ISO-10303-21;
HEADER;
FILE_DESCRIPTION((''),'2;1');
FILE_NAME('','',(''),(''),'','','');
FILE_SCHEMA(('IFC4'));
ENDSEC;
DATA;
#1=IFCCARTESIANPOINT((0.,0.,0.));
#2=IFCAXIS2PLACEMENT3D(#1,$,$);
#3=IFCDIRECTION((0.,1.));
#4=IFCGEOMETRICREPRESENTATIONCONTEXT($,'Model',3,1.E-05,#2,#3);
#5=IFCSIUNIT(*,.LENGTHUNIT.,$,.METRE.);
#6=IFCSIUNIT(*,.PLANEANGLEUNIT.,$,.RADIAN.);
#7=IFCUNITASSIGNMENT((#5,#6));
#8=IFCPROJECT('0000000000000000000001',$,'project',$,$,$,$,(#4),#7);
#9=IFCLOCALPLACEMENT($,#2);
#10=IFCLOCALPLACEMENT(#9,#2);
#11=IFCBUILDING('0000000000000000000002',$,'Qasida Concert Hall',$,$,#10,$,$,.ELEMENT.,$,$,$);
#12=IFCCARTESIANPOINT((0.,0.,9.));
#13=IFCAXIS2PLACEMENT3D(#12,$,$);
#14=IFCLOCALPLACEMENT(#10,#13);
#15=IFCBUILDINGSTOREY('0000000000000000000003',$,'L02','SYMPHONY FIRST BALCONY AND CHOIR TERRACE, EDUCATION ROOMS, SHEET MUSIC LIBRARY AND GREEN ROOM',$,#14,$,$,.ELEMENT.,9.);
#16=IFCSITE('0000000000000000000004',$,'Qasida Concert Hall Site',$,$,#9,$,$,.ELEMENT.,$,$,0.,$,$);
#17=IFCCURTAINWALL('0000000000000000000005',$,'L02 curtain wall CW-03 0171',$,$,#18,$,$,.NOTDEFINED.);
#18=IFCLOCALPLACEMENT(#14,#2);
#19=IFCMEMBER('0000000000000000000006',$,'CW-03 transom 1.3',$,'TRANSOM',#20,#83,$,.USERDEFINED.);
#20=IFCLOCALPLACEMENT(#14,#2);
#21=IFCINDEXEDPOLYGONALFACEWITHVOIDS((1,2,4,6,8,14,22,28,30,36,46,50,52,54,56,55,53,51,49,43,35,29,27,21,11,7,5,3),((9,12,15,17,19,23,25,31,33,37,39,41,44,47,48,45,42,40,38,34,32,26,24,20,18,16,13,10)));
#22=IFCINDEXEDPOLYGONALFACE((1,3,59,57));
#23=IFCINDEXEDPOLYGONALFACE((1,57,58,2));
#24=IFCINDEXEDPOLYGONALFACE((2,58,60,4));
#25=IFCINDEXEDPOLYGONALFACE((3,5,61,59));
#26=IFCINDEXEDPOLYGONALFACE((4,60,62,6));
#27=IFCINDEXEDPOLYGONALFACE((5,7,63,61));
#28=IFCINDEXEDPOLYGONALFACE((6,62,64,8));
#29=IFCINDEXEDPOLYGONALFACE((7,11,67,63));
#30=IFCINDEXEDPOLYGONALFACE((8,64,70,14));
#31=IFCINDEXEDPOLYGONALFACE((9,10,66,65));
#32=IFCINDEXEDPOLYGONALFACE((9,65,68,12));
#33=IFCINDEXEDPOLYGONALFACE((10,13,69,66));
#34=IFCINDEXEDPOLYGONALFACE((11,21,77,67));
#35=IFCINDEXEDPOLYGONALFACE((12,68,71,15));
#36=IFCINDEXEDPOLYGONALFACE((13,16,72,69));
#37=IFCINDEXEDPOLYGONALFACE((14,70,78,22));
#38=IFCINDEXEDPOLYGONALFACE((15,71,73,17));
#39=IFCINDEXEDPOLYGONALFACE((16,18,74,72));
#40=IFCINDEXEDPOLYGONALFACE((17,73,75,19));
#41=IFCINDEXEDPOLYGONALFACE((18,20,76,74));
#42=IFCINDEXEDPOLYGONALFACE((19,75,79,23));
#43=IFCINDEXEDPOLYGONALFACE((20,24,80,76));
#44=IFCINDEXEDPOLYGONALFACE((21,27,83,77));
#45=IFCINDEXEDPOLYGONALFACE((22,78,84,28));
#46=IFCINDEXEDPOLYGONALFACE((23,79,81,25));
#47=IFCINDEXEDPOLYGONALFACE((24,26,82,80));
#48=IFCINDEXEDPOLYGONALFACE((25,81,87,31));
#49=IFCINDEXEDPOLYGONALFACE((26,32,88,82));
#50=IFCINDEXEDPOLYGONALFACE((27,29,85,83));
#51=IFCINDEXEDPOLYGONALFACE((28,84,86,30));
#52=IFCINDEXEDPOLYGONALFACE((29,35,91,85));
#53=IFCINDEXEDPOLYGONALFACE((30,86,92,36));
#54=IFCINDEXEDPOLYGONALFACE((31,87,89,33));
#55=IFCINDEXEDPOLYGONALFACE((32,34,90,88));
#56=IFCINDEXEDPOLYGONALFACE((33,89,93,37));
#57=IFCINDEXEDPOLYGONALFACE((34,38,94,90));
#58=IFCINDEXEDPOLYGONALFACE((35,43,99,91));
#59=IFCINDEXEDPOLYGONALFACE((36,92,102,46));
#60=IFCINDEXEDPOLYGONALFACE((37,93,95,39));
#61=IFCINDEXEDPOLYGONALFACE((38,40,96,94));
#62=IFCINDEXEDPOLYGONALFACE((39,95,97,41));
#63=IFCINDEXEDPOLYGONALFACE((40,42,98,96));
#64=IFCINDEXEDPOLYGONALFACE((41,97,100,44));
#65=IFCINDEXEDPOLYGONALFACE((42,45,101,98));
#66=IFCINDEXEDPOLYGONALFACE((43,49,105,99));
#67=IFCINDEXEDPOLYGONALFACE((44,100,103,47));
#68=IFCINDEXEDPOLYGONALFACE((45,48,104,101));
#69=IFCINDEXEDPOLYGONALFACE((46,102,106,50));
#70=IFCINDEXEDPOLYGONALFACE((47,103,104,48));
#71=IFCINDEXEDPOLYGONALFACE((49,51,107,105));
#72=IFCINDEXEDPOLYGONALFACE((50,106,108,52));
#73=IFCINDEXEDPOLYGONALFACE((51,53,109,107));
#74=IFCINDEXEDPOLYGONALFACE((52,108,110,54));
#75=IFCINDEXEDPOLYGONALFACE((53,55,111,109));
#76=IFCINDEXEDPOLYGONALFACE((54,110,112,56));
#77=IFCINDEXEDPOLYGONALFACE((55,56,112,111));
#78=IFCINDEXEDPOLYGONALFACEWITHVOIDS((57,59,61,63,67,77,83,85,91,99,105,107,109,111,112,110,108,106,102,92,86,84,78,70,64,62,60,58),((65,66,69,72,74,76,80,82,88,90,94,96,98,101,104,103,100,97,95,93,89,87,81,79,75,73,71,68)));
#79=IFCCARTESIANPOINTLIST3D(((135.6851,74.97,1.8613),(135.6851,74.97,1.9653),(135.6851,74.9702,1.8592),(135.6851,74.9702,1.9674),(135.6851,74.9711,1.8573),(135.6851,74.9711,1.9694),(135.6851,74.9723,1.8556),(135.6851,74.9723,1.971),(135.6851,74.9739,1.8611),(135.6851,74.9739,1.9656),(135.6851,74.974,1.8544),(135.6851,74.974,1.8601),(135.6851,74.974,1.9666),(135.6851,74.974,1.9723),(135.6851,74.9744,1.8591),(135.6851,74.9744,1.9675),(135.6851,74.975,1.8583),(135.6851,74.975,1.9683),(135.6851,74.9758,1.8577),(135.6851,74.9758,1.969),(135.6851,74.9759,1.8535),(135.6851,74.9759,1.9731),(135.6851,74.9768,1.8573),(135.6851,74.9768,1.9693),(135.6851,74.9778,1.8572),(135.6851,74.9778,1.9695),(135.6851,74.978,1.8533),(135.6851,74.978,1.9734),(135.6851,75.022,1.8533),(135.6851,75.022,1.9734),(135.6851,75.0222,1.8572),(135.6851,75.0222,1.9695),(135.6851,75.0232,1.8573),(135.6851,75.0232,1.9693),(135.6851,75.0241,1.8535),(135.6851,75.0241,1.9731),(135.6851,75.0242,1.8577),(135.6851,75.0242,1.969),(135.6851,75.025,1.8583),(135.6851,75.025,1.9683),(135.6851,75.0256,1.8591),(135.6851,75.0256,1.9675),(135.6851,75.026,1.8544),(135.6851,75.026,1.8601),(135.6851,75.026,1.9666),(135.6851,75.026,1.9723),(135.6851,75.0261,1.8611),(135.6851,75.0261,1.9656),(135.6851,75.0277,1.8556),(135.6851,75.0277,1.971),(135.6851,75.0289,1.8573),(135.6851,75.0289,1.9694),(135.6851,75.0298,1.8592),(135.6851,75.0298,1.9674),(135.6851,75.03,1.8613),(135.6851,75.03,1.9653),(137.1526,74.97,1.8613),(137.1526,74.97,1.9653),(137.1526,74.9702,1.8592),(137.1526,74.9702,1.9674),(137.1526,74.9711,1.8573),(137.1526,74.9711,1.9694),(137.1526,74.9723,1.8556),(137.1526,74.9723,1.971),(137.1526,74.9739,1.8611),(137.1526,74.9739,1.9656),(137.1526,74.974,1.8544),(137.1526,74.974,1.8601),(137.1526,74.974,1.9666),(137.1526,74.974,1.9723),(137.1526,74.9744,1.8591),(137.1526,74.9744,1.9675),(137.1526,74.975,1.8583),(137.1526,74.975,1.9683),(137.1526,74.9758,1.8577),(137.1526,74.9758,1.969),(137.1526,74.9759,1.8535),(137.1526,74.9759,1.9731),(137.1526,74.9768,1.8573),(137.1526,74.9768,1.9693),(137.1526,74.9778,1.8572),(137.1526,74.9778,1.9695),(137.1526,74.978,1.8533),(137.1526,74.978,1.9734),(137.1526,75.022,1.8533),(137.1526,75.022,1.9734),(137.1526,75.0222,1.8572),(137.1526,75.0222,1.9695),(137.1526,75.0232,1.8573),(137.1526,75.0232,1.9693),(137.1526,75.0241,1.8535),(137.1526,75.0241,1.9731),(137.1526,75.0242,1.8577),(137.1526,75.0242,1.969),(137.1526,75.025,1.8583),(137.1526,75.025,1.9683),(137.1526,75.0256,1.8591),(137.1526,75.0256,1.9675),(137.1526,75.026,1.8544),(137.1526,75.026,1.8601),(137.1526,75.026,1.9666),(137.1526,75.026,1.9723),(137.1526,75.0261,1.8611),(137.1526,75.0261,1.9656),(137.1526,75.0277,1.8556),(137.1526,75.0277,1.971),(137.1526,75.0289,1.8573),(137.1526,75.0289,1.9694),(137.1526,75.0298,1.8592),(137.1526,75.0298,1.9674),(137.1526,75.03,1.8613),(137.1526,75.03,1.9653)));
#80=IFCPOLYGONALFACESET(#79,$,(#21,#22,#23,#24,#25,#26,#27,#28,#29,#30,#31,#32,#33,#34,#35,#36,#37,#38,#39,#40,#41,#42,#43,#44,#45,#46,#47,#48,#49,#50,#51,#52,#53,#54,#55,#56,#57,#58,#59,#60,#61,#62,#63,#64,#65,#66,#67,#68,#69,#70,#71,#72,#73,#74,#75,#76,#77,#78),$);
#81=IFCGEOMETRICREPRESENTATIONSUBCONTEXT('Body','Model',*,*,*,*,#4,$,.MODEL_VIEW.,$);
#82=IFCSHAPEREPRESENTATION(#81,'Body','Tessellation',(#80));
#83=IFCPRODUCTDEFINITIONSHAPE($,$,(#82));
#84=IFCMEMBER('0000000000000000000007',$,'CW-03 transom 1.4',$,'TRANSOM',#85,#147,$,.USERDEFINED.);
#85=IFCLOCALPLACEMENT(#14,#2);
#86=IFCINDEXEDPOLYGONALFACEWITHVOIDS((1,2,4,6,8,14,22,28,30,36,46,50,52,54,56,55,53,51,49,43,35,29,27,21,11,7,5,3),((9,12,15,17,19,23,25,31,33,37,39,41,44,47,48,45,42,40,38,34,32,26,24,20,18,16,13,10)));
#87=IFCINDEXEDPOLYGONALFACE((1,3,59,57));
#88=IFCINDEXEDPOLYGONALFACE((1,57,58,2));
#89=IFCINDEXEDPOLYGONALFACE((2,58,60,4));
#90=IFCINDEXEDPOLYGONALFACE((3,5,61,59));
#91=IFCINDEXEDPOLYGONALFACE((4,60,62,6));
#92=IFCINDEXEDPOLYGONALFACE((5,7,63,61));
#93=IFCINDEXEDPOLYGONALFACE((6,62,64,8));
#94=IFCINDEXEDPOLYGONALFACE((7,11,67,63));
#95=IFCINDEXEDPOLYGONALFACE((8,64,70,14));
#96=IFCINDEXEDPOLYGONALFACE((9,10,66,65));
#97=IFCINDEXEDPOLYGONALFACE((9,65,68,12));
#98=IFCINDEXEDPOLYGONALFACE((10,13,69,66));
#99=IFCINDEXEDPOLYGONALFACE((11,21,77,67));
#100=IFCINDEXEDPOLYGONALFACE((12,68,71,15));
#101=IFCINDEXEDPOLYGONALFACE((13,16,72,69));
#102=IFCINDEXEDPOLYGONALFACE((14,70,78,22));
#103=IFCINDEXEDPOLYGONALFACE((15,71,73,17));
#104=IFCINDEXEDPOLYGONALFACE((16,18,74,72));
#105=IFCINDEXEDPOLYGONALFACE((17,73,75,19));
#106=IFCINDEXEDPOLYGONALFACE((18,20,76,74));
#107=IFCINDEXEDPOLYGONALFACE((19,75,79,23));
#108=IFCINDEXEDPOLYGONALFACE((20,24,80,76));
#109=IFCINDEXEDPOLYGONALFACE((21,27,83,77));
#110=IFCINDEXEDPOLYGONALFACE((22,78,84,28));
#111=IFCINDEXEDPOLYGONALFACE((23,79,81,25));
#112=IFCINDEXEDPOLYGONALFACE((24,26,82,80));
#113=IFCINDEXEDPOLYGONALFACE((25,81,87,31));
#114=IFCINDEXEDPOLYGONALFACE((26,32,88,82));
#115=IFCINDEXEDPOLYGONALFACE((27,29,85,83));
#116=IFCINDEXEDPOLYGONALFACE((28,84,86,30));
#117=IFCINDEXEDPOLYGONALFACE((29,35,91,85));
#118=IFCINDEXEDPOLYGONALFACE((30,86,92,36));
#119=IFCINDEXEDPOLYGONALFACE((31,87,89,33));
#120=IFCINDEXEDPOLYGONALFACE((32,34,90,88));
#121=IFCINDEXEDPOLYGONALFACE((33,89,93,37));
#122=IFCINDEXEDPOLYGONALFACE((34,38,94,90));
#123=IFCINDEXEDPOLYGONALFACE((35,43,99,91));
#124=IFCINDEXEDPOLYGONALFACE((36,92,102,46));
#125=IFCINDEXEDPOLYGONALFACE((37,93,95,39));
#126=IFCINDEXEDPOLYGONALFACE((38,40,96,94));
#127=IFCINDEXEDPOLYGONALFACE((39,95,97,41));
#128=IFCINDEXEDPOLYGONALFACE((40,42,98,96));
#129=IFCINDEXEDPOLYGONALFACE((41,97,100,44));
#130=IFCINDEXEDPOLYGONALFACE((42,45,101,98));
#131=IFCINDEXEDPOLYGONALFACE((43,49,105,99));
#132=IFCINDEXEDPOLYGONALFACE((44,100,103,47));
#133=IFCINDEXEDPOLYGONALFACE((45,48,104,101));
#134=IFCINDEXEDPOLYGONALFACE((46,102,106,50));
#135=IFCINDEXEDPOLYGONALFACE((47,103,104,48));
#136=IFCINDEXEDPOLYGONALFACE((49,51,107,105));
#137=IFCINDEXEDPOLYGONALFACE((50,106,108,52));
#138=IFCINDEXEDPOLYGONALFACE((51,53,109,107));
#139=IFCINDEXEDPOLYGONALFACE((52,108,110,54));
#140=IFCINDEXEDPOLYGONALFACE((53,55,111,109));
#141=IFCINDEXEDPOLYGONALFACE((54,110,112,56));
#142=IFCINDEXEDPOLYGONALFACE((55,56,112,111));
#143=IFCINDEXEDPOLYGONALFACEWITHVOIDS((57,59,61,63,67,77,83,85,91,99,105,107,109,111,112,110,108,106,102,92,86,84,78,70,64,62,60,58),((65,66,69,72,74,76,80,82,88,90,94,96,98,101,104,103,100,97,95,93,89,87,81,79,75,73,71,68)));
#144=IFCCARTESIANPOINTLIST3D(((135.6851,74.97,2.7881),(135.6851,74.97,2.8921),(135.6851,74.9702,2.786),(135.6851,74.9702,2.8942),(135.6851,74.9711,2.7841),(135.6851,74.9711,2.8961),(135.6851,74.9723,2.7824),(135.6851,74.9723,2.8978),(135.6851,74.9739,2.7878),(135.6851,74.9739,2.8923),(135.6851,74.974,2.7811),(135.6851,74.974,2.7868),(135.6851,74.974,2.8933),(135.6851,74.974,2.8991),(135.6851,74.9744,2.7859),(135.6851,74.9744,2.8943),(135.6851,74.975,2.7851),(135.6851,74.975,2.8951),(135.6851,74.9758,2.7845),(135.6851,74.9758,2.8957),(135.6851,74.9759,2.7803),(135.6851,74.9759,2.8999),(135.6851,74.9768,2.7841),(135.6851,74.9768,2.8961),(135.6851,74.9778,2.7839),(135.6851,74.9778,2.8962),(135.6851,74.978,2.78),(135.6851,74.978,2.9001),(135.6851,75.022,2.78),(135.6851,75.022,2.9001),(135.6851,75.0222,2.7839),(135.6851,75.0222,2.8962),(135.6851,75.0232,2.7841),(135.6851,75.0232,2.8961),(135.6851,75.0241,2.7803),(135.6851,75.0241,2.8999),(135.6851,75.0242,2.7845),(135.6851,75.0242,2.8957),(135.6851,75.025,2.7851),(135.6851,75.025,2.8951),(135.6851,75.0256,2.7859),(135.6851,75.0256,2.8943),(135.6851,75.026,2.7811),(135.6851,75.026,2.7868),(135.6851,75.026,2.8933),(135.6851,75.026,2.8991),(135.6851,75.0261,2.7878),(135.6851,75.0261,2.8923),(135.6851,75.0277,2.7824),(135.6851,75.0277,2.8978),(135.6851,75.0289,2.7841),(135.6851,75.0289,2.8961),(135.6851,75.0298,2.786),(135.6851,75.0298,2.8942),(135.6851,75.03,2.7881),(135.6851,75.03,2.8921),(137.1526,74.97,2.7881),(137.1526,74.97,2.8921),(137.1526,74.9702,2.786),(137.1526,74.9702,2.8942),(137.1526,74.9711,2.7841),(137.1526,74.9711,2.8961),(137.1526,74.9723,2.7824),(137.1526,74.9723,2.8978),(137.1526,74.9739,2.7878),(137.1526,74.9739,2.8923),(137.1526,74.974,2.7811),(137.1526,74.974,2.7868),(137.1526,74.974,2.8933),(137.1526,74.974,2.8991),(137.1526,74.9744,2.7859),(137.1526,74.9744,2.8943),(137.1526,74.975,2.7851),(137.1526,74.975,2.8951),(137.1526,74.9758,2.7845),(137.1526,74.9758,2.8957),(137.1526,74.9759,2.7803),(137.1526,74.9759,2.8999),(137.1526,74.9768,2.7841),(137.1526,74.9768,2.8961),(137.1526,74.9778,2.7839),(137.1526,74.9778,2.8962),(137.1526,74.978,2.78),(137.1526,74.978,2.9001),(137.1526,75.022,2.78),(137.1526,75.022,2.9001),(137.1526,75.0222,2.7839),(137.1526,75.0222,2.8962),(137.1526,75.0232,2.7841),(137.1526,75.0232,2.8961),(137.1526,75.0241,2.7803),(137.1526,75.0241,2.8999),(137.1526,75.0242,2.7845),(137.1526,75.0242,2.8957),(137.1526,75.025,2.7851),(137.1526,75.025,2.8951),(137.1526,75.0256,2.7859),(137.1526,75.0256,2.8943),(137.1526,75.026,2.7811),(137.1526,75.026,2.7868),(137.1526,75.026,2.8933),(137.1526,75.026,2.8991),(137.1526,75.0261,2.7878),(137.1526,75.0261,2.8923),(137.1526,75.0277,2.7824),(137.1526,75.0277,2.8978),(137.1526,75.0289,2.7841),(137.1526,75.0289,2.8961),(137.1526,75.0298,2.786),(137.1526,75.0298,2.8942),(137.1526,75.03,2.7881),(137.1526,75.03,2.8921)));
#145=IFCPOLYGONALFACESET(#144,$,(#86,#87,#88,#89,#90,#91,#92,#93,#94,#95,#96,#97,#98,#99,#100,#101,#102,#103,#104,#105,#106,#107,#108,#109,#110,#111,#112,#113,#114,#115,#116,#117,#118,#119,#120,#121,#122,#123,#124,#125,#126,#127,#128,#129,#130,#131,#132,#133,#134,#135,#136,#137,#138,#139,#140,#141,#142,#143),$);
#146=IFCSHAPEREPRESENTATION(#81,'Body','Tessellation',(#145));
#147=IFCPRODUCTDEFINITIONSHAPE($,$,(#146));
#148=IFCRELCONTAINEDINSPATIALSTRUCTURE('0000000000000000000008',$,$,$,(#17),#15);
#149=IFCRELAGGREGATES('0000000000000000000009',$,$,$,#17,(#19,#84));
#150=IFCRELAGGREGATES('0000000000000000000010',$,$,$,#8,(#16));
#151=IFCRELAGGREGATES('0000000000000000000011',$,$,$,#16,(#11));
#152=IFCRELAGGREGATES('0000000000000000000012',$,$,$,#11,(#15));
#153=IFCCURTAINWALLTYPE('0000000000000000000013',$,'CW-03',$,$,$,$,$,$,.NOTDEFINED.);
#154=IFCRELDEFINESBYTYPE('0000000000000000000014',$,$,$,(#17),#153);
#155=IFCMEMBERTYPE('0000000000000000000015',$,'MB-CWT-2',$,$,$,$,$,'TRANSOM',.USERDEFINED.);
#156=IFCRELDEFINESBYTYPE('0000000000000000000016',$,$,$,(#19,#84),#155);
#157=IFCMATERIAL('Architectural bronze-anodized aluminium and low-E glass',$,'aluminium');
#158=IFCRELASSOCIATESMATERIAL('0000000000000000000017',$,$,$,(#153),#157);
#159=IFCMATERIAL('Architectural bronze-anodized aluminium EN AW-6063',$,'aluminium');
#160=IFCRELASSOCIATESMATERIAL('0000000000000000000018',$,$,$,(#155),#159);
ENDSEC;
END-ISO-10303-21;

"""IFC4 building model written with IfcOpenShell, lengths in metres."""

from ifc_helpers import new_model, si_unit, direction, frame, origin, origin_2d, place, context, subcontext, project, spatial, hollow_rectangle, extrude, material, material_profile, profile_set, type_object, element, aggregate, save


model = new_model("IFC4")

# Units and contexts
model_context = context("Model", 3, precision=1e-05, world=origin(), true_north=direction((0.0, 1.0)))
body_context = subcontext(model_context, "Body", "Model", "MODEL_VIEW")
ifc_project = project(units=[si_unit("LENGTHUNIT", "METRE"), si_unit("PLANEANGLEUNIT", "RADIAN")], contexts=[model_context])

# Site, building, storey
site_placement = place(None, origin())
site = spatial("IfcSite", under=ifc_project, at=site_placement, Name="Qasida Concert Hall Site", CompositionType="ELEMENT", RefElevation=0.0)
building_placement = place(site_placement, origin())
building = spatial("IfcBuilding", under=site, at=building_placement, Name="Qasida Concert Hall", CompositionType="ELEMENT")
storey_placement = place(building_placement, frame((0.0, 0.0, 9.0)))
storey = spatial("IfcBuildingStorey", under=building, at=storey_placement, Name="L02", Description="SYMPHONY FIRST BALCONY AND CHOIR TERRACE, EDUCATION ROOMS, SHEET MUSIC LIBRARY AND GREEN ROOM", CompositionType="ELEMENT", Elevation=9.0)

# Curtain wall, members
ifc_material_1 = material(Name="Architectural bronze-anodized aluminium and low-E glass", Category="aluminium")
curtain_wall_type = type_object("IfcCurtainWallType", Name="CW-03", PredefinedType="NOTDEFINED", material=ifc_material_1)
curtain_wall_placement = place(storey_placement, origin())
curtain_wall = element("IfcCurtainWall", 1, at=curtain_wall_placement, inside=storey, type_object=curtain_wall_type, Name="L02 curtain wall CW-03 0171", PredefinedType="NOTDEFINED")
ifc_material_2 = material(Name="Architectural bronze-anodized aluminium EN AW-6063", Category="aluminium")
ifc_material_profile_1 = material_profile(ifc_material_2, hollow_rectangle(XDim=0.0601, YDim=0.1201, WallThickness=0.0039, InnerFilletRadius=0.0039, OuterFilletRadius=0.0081, at=origin_2d()), Name="CWT 120x60x4")
ifc_profile_set_1 = profile_set([ifc_material_profile_1], Name="Architectural bronze-anodized aluminium EN AW-6063")
member_type_1 = type_object("IfcMemberType", Name="MB-CWT-2", ElementType="TRANSOM", PredefinedType="USERDEFINED", material=ifc_profile_set_1)
member_1_placement = place(storey_placement, frame((135.6851, 75.0, 1.9133), z_axis=(1.0, 0.0, 0.0), x_axis=(0.0, 1.0, 0.0)))
member_1 = element("IfcMember", 2, at=member_1_placement, type_object=member_type_1, Name="CW-03 transom 1.3", ObjectType="TRANSOM", PredefinedType="USERDEFINED", context=body_context, shape_type="SweptSolid", body=[
    extrude(hollow_rectangle(XDim=0.0601, YDim=0.1201, WallThickness=0.0039, InnerFilletRadius=0.0039, OuterFilletRadius=0.0081, at=origin_2d()), origin(), (0.0, 0.0, 1.0), 1.4675),
])
member_2_placement = place(storey_placement, frame((135.6851, 75.0, 2.8401), z_axis=(1.0, 0.0, 0.0), x_axis=(0.0, 1.0, 0.0)))
member_2 = element("IfcMember", 3, at=member_2_placement, type_object=member_type_1, Name="CW-03 transom 1.4", ObjectType="TRANSOM", PredefinedType="USERDEFINED", context=body_context, shape_type="SweptSolid", body=[
    extrude(hollow_rectangle(XDim=0.0601, YDim=0.1201, WallThickness=0.0039, InnerFilletRadius=0.0039, OuterFilletRadius=0.0081, at=origin_2d()), origin(), (0.0, 0.0, 1.0), 1.4675),
])
aggregate(curtain_wall, [member_1, member_2])

save(model, "model.ifc")
